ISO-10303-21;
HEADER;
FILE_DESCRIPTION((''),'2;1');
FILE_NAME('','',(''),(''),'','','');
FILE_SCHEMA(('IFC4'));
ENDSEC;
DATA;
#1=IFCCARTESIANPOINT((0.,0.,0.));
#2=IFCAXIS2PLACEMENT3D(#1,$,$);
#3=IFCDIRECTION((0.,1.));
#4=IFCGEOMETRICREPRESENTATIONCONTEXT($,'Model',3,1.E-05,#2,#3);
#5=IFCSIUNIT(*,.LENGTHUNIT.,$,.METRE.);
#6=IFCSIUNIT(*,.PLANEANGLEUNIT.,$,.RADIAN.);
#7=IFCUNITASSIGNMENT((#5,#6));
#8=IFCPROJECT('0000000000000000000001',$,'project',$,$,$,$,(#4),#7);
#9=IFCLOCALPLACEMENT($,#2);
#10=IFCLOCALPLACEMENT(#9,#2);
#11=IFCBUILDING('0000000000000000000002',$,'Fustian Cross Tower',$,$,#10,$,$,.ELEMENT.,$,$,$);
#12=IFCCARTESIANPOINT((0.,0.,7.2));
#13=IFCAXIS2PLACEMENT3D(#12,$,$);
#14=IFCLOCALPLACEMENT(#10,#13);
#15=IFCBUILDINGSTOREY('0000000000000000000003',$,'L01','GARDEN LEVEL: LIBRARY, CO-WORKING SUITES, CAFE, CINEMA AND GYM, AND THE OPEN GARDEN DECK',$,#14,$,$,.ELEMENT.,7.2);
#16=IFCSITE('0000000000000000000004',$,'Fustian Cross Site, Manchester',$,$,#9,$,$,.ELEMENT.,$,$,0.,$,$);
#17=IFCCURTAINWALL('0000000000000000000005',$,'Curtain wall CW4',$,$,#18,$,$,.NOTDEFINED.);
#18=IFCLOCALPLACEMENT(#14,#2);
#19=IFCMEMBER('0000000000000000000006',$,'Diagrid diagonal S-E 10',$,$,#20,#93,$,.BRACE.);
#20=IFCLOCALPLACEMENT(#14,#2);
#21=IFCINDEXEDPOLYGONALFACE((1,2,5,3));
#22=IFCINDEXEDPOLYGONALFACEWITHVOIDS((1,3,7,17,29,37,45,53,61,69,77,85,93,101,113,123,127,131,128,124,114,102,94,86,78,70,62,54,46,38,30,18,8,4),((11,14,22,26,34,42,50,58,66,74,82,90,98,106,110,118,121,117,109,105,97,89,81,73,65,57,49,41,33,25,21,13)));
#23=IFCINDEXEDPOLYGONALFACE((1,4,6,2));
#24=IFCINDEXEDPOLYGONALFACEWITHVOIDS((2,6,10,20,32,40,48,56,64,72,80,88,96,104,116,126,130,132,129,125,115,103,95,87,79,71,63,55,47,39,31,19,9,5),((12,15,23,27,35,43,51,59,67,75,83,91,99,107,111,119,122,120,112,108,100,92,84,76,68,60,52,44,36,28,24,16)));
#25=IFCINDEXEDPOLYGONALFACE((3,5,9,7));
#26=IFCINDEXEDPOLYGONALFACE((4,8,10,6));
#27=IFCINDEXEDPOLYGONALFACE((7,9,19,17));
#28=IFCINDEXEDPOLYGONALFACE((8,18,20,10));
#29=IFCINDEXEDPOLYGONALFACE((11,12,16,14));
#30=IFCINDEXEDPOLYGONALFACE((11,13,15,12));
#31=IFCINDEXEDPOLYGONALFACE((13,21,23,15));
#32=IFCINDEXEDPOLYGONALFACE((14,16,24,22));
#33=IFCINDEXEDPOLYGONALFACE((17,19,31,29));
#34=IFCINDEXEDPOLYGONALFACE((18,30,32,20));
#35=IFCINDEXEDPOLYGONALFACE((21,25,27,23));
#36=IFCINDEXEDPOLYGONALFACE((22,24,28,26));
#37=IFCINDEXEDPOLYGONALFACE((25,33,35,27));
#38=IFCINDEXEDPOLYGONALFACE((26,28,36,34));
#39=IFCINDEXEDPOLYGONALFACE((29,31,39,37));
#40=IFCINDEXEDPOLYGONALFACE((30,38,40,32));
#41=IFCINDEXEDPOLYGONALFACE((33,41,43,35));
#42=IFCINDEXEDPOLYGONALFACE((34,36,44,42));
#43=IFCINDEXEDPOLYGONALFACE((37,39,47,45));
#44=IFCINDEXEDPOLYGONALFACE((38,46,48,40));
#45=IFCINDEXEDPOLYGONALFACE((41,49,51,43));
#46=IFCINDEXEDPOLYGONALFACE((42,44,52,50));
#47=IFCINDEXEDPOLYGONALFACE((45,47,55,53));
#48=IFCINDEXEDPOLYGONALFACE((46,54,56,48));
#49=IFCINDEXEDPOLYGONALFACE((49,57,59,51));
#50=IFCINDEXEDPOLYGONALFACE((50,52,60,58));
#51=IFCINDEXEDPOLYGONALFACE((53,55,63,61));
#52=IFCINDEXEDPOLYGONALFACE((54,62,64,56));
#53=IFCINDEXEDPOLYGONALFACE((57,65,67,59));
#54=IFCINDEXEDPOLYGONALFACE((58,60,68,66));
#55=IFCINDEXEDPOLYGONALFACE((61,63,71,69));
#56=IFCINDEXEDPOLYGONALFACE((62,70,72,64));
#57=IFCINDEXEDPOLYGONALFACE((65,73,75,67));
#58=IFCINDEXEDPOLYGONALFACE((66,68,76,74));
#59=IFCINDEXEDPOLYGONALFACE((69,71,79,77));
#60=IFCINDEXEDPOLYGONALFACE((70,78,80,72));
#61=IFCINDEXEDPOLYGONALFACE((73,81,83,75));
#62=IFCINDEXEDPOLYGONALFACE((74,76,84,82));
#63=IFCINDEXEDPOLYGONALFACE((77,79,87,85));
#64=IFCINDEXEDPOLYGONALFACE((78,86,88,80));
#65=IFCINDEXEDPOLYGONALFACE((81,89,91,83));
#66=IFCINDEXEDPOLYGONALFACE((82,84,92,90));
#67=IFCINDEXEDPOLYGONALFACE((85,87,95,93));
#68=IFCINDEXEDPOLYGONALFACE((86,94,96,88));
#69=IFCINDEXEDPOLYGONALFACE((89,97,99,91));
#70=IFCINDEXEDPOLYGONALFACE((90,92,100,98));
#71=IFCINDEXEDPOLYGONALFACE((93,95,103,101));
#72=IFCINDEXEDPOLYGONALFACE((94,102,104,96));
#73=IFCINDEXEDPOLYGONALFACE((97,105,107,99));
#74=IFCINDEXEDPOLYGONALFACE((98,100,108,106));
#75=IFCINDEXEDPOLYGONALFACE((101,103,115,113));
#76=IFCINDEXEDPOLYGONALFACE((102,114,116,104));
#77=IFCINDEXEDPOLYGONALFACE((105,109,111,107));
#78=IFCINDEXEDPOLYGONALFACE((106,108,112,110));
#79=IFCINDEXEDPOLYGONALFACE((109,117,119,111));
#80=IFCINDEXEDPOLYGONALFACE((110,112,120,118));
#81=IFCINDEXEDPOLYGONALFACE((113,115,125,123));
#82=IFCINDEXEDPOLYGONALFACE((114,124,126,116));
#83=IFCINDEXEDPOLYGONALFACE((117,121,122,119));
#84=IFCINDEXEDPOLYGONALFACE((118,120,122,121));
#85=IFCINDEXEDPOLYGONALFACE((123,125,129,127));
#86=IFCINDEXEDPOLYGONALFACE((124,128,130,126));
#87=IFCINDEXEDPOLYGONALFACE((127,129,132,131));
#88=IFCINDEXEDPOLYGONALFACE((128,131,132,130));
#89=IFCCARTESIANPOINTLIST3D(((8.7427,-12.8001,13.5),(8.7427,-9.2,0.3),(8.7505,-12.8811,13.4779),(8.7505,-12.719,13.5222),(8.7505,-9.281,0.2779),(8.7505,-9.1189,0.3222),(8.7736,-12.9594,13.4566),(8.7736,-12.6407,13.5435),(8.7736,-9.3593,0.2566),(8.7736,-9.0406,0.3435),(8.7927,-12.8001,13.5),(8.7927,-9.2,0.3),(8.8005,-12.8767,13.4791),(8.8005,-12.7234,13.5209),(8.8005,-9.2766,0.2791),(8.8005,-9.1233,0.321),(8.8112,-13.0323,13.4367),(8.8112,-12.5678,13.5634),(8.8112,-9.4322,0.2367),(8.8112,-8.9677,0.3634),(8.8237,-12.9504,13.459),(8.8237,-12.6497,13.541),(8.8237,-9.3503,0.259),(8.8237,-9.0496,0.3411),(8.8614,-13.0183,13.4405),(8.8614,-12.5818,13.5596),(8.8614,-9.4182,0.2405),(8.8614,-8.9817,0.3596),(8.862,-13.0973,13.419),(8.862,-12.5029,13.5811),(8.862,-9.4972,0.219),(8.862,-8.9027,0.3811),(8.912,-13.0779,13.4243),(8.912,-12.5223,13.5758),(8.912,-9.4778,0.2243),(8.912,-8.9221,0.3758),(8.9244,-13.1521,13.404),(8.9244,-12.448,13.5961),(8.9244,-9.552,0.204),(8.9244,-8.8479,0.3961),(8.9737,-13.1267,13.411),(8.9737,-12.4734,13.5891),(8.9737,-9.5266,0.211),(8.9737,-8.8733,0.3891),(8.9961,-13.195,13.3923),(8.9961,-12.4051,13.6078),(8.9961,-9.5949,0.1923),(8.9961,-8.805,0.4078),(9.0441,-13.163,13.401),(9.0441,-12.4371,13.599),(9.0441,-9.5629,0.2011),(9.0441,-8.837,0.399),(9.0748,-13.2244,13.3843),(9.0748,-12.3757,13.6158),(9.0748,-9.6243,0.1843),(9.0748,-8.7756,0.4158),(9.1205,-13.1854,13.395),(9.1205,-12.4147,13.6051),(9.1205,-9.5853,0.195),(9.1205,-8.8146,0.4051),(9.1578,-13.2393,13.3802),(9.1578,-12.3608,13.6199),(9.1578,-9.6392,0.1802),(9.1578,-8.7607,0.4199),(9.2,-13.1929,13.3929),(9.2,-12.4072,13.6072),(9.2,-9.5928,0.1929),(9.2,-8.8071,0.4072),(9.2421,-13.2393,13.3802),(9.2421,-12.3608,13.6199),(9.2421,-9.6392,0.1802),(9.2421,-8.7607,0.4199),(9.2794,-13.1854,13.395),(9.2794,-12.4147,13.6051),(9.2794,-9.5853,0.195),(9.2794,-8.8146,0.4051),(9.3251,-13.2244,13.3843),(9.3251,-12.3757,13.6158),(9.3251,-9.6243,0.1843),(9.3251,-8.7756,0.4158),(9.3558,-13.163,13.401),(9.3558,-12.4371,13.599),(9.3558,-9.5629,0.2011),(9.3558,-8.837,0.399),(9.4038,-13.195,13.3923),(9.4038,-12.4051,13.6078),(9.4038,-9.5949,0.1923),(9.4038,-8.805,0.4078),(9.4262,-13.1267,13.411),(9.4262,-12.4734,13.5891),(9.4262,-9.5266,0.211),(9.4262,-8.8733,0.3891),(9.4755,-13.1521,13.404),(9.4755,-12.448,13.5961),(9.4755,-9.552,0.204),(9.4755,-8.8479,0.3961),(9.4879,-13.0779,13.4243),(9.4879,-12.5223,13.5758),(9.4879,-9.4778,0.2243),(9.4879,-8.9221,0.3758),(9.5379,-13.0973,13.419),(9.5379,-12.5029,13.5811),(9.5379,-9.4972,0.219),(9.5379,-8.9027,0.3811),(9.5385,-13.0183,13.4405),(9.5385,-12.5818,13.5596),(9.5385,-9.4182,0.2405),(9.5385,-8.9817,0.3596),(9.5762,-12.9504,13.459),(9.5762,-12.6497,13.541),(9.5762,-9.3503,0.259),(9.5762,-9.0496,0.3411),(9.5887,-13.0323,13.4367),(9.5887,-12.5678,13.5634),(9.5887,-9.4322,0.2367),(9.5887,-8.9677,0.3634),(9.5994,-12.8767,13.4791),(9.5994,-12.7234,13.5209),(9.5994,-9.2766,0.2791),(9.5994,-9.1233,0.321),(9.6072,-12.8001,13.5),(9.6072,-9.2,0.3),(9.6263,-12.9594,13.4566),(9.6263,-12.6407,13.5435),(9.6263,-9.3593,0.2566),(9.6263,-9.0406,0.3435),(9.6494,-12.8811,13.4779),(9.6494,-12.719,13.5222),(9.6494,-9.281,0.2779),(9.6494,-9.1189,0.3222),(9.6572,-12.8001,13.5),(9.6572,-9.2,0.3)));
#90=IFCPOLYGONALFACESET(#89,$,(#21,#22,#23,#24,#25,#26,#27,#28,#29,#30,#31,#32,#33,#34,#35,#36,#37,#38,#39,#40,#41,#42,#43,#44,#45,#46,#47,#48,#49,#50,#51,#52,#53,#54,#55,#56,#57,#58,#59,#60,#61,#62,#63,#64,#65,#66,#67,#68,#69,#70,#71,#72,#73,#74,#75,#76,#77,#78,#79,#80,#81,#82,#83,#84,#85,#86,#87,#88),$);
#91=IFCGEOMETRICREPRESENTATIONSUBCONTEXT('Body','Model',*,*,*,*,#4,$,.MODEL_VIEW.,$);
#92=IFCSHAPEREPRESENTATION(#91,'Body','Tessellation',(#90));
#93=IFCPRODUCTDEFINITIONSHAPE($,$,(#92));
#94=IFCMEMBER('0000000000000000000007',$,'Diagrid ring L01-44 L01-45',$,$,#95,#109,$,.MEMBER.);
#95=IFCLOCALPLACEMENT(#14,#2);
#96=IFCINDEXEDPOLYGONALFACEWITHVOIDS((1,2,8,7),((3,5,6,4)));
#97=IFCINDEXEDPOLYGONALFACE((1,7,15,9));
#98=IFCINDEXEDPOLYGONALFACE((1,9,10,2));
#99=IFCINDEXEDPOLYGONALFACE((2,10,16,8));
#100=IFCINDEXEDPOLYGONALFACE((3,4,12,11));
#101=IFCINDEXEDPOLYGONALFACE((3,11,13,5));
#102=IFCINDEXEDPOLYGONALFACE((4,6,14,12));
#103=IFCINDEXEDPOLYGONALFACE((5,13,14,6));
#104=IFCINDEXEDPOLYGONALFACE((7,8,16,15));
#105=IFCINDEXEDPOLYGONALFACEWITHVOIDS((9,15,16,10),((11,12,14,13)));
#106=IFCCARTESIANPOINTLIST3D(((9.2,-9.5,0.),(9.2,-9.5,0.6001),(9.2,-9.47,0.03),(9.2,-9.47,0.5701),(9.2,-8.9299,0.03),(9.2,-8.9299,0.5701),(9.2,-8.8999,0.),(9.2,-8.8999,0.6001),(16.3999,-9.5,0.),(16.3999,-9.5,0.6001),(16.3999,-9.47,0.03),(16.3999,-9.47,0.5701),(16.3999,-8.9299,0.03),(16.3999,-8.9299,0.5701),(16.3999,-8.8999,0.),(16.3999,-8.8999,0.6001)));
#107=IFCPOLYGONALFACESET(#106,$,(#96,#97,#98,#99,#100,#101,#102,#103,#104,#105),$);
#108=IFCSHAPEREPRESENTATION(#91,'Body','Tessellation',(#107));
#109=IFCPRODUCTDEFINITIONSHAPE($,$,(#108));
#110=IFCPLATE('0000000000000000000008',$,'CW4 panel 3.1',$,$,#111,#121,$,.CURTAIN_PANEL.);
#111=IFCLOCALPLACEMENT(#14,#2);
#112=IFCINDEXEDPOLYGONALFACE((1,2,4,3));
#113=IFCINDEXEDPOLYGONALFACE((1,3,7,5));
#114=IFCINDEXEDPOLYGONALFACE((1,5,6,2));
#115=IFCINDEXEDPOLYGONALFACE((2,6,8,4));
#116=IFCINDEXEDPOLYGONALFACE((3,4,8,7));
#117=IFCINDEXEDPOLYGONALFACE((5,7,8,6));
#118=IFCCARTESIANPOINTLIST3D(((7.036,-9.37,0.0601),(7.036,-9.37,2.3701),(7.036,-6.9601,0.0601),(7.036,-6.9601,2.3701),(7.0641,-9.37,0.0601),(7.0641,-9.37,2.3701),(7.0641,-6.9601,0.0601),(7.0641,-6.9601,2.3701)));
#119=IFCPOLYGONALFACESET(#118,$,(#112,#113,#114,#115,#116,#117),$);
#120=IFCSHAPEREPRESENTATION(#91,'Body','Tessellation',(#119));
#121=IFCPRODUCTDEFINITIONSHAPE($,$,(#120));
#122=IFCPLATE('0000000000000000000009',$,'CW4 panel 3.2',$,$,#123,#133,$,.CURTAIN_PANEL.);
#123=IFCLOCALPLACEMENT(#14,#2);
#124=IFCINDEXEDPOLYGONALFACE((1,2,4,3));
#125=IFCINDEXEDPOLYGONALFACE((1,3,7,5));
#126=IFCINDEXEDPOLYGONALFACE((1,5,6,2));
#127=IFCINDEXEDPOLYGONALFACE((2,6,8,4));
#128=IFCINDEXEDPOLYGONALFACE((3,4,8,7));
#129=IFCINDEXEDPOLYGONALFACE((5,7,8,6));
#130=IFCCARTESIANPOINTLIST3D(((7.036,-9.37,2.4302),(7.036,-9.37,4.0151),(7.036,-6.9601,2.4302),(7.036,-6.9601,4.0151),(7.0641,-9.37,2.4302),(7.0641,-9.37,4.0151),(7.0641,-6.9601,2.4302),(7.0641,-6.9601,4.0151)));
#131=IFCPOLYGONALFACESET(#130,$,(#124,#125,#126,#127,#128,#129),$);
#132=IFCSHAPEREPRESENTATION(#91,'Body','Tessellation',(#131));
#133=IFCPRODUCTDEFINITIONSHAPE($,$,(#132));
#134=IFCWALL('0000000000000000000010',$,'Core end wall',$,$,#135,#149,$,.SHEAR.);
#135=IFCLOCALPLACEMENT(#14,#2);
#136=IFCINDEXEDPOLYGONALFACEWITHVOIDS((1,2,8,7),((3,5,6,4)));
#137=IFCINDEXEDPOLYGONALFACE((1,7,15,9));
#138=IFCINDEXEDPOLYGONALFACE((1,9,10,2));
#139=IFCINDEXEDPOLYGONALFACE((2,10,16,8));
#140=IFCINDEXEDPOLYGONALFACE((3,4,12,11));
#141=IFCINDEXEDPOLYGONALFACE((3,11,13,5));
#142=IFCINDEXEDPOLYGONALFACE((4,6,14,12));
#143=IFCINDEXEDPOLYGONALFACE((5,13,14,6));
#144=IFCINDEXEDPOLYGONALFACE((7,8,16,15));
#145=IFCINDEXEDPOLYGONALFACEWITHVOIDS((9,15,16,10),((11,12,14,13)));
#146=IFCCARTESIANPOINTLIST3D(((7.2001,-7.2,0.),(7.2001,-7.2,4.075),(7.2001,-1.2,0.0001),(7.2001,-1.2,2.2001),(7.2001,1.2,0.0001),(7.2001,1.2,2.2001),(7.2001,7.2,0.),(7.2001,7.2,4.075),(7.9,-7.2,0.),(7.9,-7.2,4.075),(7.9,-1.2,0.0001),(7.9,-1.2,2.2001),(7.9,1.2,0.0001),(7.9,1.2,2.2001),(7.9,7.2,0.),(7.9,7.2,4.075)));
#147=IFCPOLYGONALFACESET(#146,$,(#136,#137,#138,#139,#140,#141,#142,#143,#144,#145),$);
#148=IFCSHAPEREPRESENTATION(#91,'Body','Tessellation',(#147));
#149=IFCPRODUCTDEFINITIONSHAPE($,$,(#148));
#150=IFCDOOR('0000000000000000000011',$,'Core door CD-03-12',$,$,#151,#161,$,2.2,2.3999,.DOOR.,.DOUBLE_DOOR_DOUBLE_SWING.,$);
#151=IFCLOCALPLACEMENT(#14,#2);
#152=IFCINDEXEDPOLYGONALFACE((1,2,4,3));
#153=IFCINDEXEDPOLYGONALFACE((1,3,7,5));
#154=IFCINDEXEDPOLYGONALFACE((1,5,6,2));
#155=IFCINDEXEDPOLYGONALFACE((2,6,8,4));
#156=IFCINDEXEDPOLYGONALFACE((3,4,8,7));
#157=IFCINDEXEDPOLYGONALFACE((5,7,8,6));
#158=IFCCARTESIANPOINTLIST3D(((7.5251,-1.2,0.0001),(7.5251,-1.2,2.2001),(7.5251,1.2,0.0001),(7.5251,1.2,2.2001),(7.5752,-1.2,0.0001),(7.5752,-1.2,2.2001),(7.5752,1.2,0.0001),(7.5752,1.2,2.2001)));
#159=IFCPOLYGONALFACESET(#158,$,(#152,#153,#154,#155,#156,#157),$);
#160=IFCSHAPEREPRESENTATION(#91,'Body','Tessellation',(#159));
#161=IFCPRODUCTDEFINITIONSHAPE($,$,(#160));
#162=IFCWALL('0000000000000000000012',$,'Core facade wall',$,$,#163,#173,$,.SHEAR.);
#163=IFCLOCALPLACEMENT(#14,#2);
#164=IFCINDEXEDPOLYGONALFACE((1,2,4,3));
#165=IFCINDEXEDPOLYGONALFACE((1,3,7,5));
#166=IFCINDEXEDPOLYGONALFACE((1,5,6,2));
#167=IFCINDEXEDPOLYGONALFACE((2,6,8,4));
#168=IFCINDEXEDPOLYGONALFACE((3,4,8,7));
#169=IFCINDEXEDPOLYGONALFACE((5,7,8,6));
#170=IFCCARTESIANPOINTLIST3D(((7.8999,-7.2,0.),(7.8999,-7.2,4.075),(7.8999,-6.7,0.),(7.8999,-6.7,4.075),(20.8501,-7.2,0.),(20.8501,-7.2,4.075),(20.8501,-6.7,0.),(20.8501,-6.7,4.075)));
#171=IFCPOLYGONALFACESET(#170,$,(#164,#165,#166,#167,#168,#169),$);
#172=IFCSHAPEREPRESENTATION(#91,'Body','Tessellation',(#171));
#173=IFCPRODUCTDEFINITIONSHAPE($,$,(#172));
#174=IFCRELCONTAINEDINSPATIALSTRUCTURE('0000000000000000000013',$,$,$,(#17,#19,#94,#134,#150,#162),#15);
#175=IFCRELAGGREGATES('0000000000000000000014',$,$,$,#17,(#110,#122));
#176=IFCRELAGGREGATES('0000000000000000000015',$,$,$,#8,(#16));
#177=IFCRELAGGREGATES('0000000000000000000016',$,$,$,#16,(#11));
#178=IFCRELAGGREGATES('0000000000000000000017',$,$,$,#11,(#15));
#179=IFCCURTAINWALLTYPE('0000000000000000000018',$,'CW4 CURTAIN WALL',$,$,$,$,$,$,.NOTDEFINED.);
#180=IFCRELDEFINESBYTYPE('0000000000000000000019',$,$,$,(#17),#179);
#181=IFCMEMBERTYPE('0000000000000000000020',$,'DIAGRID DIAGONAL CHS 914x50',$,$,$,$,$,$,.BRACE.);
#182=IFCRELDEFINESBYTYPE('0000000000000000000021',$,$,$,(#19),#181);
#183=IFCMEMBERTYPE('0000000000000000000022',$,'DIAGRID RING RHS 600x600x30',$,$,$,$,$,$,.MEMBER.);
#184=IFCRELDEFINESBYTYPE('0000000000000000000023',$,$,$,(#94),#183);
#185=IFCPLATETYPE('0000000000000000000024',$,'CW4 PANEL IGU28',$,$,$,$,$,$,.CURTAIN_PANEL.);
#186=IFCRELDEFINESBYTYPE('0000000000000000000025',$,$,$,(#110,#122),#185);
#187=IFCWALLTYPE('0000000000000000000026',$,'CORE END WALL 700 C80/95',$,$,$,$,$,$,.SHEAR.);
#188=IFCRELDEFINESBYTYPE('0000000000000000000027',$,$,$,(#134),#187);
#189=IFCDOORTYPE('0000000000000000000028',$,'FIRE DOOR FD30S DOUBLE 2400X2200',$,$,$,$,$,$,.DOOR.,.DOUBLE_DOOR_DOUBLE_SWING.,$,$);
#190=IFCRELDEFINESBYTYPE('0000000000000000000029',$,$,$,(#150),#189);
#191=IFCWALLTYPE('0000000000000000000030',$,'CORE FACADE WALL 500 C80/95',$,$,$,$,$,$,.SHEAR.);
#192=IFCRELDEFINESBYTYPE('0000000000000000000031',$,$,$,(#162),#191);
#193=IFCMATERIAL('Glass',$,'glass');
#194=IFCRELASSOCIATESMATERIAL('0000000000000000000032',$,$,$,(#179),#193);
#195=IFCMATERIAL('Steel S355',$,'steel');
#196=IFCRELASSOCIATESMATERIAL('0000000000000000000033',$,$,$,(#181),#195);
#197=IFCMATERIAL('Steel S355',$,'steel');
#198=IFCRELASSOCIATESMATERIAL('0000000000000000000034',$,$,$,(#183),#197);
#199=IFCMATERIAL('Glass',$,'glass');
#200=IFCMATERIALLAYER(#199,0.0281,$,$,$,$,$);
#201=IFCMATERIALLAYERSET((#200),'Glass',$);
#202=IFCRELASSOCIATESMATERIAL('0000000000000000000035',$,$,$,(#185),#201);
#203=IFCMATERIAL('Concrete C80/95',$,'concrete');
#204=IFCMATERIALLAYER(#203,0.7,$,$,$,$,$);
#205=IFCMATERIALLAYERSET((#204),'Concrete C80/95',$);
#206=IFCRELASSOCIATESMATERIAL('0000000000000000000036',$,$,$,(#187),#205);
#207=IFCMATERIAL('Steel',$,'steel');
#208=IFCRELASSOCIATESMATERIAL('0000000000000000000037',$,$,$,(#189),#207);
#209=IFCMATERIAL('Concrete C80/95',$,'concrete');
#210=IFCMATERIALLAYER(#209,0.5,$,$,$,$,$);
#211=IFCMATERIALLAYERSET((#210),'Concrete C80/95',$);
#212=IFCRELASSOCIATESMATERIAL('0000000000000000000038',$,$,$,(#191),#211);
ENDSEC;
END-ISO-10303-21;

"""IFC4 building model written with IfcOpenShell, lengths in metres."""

from ifc_helpers import new_model, si_unit, direction, frame, frame_2d, origin, origin_2d, place, context, subcontext, project, spatial, rectangle, hollow_rectangle, hollow_circle, extrude, material, layer, layer_set, material_profile, profile_set, type_object, element, fill, aggregate, save


model = new_model("IFC4")

# Units and contexts
model_context = context("Model", 3, precision=1e-05, world=origin(), true_north=direction((0.0, 1.0)))
body_context = subcontext(model_context, "Body", "Model", "MODEL_VIEW")
ifc_project = project(units=[si_unit("LENGTHUNIT", "METRE"), si_unit("PLANEANGLEUNIT", "RADIAN")], contexts=[model_context])

# Site, building, storey
site_placement = place(None, origin())
site = spatial("IfcSite", under=ifc_project, at=site_placement, Name="Fustian Cross Site, Manchester", CompositionType="ELEMENT", RefElevation=0.0)
building_placement = place(site_placement, origin())
building = spatial("IfcBuilding", under=site, at=building_placement, Name="Fustian Cross Tower", CompositionType="ELEMENT")
storey_placement = place(building_placement, frame((0.0, 0.0, 7.2)))
storey = spatial("IfcBuildingStorey", under=building, at=storey_placement, Name="L01", Description="GARDEN LEVEL: LIBRARY, CO-WORKING SUITES, CAFE, CINEMA AND GYM, AND THE OPEN GARDEN DECK", CompositionType="ELEMENT", Elevation=7.2)

# Curtain wall
ifc_material_1 = material(Name="Glass", Category="glass")
curtain_wall_type = type_object("IfcCurtainWallType", Name="CW4 CURTAIN WALL", PredefinedType="NOTDEFINED", material=ifc_material_1)
curtain_wall_placement = place(storey_placement, origin())
curtain_wall = element("IfcCurtainWall", 1, at=curtain_wall_placement, inside=storey, type_object=curtain_wall_type, Name="Curtain wall CW4", PredefinedType="NOTDEFINED")

# Members
ifc_material_2 = material(Name="Steel S355", Category="steel")
ifc_material_profile_1 = material_profile(ifc_material_2, hollow_circle(Radius=0.4573, WallThickness=0.05, at=origin_2d()), Name="CHS 914x50")
ifc_profile_set_1 = profile_set([ifc_material_profile_1], Name="Steel S355")
member_type_1 = type_object("IfcMemberType", Name="DIAGRID DIAGONAL CHS 914x50", PredefinedType="BRACE", material=ifc_profile_set_1)
for number, where, z_axis, x_axis, name in (
    (2, (9.2, -9.2, 0.3), (0.0, -0.263125, 0.964762), (1.0, 0.0, 0.0), "Diagrid diagonal S-E 10"),
):
    element("IfcMember", number, at=place(storey_placement, frame(where, z_axis=z_axis, x_axis=x_axis)), inside=storey, type_object=member_type_1, Name=name, PredefinedType="BRACE", context=body_context, shape_type="SweptSolid", body=[
        extrude(hollow_circle(Radius=0.4573, WallThickness=0.05, at=origin_2d()), origin(), (0.0, 0.0, 1.0), 13.6821),
    ])
ifc_material_3 = material(Name="Steel S355", Category="steel")
ifc_material_profile_2 = material_profile(ifc_material_3, hollow_rectangle(XDim=0.6001, YDim=0.6001, WallThickness=0.03, at=origin_2d()), Name="RHS 600x600x30")
ifc_profile_set_2 = profile_set([ifc_material_profile_2], Name="Steel S355")
member_type_2 = type_object("IfcMemberType", Name="DIAGRID RING RHS 600x600x30", PredefinedType="MEMBER", material=ifc_profile_set_2)
member_1_placement = place(storey_placement, frame((9.2, -9.2, 0.3), z_axis=(1.0, 0.0, 0.0), x_axis=(0.0, 1.0, 0.0)))
element("IfcMember", 3, at=member_1_placement, inside=storey, type_object=member_type_2, Name="Diagrid ring L01-44 L01-45", PredefinedType="MEMBER", context=body_context, shape_type="SweptSolid", body=[
    extrude(hollow_rectangle(XDim=0.6001, YDim=0.6001, WallThickness=0.03, at=origin_2d()), origin(), (0.0, 0.0, 1.0), 7.2),
])

# Plates
ifc_material_4 = material(Name="Glass", Category="glass")
ifc_layer_1 = layer(ifc_material_4, 0.0281)
ifc_layer_set_1 = layer_set([ifc_layer_1], Name="Glass")
plate_type = type_object("IfcPlateType", Name="CW4 PANEL IGU28", PredefinedType="CURTAIN_PANEL", material=ifc_layer_set_1)
plate_1_placement = place(storey_placement, frame((7.05, -8.165, 0.0601), z_axis=(0.0, 0.0, 1.0), x_axis=(0.0, 1.0, 0.0)))
plate_1 = element("IfcPlate", 4, at=plate_1_placement, type_object=plate_type, Name="CW4 panel 3.1", PredefinedType="CURTAIN_PANEL", context=body_context, shape_type="SweptSolid", body=[
    extrude(rectangle(XDim=2.4099, YDim=0.0281, at=origin_2d()), origin(), (0.0, 0.0, 1.0), 2.3101),
])
plate_2_placement = place(storey_placement, frame((7.05, -8.165, 2.4302), z_axis=(0.0, 0.0, 1.0), x_axis=(0.0, 1.0, 0.0)))
plate_2 = element("IfcPlate", 5, at=plate_2_placement, type_object=plate_type, Name="CW4 panel 3.2", PredefinedType="CURTAIN_PANEL", context=body_context, shape_type="SweptSolid", body=[
    extrude(rectangle(XDim=2.4099, YDim=0.0281, at=origin_2d()), origin(), (0.0, 0.0, 1.0), 1.585),
])
aggregate(curtain_wall, [plate_1, plate_2])

# Wall, opening, door
ifc_material_5 = material(Name="Concrete C80/95", Category="concrete")
ifc_layer_2 = layer(ifc_material_5, 0.7)
ifc_layer_set_2 = layer_set([ifc_layer_2], Name="Concrete C80/95")
wall_type_1 = type_object("IfcWallType", Name="CORE END WALL 700 C80/95", PredefinedType="SHEAR", material=ifc_layer_set_2)
wall_1_placement = place(storey_placement, frame((7.55, -7.2, 0.0), z_axis=(0.0, 0.0, 1.0), x_axis=(0.0, 1.0, 0.0)))
wall_1 = element("IfcWall", 6, at=wall_1_placement, inside=storey, type_object=wall_type_1, Name="Core end wall", PredefinedType="SHEAR", context=body_context, shape_type="SweptSolid", body=[
    extrude(rectangle(XDim=14.3999, YDim=0.7, at=frame_2d((7.2, 0.0))), origin(), (0.0, 0.0, 1.0), 4.075),
])
opening_1_placement = place(wall_1_placement, frame((6.0, 0.0, 0.0)))
opening_1 = element("IfcOpeningElement", 7, at=opening_1_placement, cuts=wall_1, PredefinedType="OPENING", context=body_context, shape_type="SweptSolid", body=[
    extrude(rectangle(XDim=2.3999, YDim=2.2, at=frame_2d((1.2, 1.1001))), frame((0.0, 0.3599, 0.0), z_axis=(0.0, -1.0, 0.0), x_axis=(1.0, 0.0, 0.0)), (0.0, 0.0, 1.0), 0.72),
])
ifc_material_6 = material(Name="Steel", Category="steel")
door_type_1 = type_object("IfcDoorType", Name="FIRE DOOR FD30S DOUBLE 2400X2200", OperationType="DOUBLE_DOOR_DOUBLE_SWING", PredefinedType="DOOR", material=ifc_material_6)
door_1_placement = place(opening_1_placement, origin())
door_1 = element("IfcDoor", 8, at=door_1_placement, inside=storey, type_object=door_type_1, Name="Core door CD-03-12", OperationType="DOUBLE_DOOR_DOUBLE_SWING", OverallHeight=2.2, OverallWidth=2.3999, PredefinedType="DOOR", context=body_context, shape_type="SweptSolid", body=[
    extrude(rectangle(XDim=2.3999, YDim=2.2, at=frame_2d((1.2, 1.1001))), frame((0.0, 0.0249, 0.0), z_axis=(0.0, -1.0, 0.0), x_axis=(1.0, 0.0, 0.0)), (0.0, 0.0, 1.0), 0.05),
])
fill(opening_1, door_1)

# Wall
ifc_material_7 = material(Name="Concrete C80/95", Category="concrete")
ifc_layer_3 = layer(ifc_material_7, 0.5)
ifc_layer_set_3 = layer_set([ifc_layer_3], Name="Concrete C80/95")
wall_type_2 = type_object("IfcWallType", Name="CORE FACADE WALL 500 C80/95", PredefinedType="SHEAR", material=ifc_layer_set_3)
wall_2_placement = place(storey_placement, frame((7.8999, -6.95, 0.0), z_axis=(0.0, 0.0, 1.0), x_axis=(1.0, 0.0, 0.0)))
element("IfcWall", 9, at=wall_2_placement, inside=storey, type_object=wall_type_2, Name="Core facade wall", PredefinedType="SHEAR", context=body_context, shape_type="SweptSolid", body=[
    extrude(rectangle(XDim=12.9502, YDim=0.5, at=frame_2d((6.4751, 0.0))), origin(), (0.0, 0.0, 1.0), 4.075),
])

save(model, "model.ifc")
